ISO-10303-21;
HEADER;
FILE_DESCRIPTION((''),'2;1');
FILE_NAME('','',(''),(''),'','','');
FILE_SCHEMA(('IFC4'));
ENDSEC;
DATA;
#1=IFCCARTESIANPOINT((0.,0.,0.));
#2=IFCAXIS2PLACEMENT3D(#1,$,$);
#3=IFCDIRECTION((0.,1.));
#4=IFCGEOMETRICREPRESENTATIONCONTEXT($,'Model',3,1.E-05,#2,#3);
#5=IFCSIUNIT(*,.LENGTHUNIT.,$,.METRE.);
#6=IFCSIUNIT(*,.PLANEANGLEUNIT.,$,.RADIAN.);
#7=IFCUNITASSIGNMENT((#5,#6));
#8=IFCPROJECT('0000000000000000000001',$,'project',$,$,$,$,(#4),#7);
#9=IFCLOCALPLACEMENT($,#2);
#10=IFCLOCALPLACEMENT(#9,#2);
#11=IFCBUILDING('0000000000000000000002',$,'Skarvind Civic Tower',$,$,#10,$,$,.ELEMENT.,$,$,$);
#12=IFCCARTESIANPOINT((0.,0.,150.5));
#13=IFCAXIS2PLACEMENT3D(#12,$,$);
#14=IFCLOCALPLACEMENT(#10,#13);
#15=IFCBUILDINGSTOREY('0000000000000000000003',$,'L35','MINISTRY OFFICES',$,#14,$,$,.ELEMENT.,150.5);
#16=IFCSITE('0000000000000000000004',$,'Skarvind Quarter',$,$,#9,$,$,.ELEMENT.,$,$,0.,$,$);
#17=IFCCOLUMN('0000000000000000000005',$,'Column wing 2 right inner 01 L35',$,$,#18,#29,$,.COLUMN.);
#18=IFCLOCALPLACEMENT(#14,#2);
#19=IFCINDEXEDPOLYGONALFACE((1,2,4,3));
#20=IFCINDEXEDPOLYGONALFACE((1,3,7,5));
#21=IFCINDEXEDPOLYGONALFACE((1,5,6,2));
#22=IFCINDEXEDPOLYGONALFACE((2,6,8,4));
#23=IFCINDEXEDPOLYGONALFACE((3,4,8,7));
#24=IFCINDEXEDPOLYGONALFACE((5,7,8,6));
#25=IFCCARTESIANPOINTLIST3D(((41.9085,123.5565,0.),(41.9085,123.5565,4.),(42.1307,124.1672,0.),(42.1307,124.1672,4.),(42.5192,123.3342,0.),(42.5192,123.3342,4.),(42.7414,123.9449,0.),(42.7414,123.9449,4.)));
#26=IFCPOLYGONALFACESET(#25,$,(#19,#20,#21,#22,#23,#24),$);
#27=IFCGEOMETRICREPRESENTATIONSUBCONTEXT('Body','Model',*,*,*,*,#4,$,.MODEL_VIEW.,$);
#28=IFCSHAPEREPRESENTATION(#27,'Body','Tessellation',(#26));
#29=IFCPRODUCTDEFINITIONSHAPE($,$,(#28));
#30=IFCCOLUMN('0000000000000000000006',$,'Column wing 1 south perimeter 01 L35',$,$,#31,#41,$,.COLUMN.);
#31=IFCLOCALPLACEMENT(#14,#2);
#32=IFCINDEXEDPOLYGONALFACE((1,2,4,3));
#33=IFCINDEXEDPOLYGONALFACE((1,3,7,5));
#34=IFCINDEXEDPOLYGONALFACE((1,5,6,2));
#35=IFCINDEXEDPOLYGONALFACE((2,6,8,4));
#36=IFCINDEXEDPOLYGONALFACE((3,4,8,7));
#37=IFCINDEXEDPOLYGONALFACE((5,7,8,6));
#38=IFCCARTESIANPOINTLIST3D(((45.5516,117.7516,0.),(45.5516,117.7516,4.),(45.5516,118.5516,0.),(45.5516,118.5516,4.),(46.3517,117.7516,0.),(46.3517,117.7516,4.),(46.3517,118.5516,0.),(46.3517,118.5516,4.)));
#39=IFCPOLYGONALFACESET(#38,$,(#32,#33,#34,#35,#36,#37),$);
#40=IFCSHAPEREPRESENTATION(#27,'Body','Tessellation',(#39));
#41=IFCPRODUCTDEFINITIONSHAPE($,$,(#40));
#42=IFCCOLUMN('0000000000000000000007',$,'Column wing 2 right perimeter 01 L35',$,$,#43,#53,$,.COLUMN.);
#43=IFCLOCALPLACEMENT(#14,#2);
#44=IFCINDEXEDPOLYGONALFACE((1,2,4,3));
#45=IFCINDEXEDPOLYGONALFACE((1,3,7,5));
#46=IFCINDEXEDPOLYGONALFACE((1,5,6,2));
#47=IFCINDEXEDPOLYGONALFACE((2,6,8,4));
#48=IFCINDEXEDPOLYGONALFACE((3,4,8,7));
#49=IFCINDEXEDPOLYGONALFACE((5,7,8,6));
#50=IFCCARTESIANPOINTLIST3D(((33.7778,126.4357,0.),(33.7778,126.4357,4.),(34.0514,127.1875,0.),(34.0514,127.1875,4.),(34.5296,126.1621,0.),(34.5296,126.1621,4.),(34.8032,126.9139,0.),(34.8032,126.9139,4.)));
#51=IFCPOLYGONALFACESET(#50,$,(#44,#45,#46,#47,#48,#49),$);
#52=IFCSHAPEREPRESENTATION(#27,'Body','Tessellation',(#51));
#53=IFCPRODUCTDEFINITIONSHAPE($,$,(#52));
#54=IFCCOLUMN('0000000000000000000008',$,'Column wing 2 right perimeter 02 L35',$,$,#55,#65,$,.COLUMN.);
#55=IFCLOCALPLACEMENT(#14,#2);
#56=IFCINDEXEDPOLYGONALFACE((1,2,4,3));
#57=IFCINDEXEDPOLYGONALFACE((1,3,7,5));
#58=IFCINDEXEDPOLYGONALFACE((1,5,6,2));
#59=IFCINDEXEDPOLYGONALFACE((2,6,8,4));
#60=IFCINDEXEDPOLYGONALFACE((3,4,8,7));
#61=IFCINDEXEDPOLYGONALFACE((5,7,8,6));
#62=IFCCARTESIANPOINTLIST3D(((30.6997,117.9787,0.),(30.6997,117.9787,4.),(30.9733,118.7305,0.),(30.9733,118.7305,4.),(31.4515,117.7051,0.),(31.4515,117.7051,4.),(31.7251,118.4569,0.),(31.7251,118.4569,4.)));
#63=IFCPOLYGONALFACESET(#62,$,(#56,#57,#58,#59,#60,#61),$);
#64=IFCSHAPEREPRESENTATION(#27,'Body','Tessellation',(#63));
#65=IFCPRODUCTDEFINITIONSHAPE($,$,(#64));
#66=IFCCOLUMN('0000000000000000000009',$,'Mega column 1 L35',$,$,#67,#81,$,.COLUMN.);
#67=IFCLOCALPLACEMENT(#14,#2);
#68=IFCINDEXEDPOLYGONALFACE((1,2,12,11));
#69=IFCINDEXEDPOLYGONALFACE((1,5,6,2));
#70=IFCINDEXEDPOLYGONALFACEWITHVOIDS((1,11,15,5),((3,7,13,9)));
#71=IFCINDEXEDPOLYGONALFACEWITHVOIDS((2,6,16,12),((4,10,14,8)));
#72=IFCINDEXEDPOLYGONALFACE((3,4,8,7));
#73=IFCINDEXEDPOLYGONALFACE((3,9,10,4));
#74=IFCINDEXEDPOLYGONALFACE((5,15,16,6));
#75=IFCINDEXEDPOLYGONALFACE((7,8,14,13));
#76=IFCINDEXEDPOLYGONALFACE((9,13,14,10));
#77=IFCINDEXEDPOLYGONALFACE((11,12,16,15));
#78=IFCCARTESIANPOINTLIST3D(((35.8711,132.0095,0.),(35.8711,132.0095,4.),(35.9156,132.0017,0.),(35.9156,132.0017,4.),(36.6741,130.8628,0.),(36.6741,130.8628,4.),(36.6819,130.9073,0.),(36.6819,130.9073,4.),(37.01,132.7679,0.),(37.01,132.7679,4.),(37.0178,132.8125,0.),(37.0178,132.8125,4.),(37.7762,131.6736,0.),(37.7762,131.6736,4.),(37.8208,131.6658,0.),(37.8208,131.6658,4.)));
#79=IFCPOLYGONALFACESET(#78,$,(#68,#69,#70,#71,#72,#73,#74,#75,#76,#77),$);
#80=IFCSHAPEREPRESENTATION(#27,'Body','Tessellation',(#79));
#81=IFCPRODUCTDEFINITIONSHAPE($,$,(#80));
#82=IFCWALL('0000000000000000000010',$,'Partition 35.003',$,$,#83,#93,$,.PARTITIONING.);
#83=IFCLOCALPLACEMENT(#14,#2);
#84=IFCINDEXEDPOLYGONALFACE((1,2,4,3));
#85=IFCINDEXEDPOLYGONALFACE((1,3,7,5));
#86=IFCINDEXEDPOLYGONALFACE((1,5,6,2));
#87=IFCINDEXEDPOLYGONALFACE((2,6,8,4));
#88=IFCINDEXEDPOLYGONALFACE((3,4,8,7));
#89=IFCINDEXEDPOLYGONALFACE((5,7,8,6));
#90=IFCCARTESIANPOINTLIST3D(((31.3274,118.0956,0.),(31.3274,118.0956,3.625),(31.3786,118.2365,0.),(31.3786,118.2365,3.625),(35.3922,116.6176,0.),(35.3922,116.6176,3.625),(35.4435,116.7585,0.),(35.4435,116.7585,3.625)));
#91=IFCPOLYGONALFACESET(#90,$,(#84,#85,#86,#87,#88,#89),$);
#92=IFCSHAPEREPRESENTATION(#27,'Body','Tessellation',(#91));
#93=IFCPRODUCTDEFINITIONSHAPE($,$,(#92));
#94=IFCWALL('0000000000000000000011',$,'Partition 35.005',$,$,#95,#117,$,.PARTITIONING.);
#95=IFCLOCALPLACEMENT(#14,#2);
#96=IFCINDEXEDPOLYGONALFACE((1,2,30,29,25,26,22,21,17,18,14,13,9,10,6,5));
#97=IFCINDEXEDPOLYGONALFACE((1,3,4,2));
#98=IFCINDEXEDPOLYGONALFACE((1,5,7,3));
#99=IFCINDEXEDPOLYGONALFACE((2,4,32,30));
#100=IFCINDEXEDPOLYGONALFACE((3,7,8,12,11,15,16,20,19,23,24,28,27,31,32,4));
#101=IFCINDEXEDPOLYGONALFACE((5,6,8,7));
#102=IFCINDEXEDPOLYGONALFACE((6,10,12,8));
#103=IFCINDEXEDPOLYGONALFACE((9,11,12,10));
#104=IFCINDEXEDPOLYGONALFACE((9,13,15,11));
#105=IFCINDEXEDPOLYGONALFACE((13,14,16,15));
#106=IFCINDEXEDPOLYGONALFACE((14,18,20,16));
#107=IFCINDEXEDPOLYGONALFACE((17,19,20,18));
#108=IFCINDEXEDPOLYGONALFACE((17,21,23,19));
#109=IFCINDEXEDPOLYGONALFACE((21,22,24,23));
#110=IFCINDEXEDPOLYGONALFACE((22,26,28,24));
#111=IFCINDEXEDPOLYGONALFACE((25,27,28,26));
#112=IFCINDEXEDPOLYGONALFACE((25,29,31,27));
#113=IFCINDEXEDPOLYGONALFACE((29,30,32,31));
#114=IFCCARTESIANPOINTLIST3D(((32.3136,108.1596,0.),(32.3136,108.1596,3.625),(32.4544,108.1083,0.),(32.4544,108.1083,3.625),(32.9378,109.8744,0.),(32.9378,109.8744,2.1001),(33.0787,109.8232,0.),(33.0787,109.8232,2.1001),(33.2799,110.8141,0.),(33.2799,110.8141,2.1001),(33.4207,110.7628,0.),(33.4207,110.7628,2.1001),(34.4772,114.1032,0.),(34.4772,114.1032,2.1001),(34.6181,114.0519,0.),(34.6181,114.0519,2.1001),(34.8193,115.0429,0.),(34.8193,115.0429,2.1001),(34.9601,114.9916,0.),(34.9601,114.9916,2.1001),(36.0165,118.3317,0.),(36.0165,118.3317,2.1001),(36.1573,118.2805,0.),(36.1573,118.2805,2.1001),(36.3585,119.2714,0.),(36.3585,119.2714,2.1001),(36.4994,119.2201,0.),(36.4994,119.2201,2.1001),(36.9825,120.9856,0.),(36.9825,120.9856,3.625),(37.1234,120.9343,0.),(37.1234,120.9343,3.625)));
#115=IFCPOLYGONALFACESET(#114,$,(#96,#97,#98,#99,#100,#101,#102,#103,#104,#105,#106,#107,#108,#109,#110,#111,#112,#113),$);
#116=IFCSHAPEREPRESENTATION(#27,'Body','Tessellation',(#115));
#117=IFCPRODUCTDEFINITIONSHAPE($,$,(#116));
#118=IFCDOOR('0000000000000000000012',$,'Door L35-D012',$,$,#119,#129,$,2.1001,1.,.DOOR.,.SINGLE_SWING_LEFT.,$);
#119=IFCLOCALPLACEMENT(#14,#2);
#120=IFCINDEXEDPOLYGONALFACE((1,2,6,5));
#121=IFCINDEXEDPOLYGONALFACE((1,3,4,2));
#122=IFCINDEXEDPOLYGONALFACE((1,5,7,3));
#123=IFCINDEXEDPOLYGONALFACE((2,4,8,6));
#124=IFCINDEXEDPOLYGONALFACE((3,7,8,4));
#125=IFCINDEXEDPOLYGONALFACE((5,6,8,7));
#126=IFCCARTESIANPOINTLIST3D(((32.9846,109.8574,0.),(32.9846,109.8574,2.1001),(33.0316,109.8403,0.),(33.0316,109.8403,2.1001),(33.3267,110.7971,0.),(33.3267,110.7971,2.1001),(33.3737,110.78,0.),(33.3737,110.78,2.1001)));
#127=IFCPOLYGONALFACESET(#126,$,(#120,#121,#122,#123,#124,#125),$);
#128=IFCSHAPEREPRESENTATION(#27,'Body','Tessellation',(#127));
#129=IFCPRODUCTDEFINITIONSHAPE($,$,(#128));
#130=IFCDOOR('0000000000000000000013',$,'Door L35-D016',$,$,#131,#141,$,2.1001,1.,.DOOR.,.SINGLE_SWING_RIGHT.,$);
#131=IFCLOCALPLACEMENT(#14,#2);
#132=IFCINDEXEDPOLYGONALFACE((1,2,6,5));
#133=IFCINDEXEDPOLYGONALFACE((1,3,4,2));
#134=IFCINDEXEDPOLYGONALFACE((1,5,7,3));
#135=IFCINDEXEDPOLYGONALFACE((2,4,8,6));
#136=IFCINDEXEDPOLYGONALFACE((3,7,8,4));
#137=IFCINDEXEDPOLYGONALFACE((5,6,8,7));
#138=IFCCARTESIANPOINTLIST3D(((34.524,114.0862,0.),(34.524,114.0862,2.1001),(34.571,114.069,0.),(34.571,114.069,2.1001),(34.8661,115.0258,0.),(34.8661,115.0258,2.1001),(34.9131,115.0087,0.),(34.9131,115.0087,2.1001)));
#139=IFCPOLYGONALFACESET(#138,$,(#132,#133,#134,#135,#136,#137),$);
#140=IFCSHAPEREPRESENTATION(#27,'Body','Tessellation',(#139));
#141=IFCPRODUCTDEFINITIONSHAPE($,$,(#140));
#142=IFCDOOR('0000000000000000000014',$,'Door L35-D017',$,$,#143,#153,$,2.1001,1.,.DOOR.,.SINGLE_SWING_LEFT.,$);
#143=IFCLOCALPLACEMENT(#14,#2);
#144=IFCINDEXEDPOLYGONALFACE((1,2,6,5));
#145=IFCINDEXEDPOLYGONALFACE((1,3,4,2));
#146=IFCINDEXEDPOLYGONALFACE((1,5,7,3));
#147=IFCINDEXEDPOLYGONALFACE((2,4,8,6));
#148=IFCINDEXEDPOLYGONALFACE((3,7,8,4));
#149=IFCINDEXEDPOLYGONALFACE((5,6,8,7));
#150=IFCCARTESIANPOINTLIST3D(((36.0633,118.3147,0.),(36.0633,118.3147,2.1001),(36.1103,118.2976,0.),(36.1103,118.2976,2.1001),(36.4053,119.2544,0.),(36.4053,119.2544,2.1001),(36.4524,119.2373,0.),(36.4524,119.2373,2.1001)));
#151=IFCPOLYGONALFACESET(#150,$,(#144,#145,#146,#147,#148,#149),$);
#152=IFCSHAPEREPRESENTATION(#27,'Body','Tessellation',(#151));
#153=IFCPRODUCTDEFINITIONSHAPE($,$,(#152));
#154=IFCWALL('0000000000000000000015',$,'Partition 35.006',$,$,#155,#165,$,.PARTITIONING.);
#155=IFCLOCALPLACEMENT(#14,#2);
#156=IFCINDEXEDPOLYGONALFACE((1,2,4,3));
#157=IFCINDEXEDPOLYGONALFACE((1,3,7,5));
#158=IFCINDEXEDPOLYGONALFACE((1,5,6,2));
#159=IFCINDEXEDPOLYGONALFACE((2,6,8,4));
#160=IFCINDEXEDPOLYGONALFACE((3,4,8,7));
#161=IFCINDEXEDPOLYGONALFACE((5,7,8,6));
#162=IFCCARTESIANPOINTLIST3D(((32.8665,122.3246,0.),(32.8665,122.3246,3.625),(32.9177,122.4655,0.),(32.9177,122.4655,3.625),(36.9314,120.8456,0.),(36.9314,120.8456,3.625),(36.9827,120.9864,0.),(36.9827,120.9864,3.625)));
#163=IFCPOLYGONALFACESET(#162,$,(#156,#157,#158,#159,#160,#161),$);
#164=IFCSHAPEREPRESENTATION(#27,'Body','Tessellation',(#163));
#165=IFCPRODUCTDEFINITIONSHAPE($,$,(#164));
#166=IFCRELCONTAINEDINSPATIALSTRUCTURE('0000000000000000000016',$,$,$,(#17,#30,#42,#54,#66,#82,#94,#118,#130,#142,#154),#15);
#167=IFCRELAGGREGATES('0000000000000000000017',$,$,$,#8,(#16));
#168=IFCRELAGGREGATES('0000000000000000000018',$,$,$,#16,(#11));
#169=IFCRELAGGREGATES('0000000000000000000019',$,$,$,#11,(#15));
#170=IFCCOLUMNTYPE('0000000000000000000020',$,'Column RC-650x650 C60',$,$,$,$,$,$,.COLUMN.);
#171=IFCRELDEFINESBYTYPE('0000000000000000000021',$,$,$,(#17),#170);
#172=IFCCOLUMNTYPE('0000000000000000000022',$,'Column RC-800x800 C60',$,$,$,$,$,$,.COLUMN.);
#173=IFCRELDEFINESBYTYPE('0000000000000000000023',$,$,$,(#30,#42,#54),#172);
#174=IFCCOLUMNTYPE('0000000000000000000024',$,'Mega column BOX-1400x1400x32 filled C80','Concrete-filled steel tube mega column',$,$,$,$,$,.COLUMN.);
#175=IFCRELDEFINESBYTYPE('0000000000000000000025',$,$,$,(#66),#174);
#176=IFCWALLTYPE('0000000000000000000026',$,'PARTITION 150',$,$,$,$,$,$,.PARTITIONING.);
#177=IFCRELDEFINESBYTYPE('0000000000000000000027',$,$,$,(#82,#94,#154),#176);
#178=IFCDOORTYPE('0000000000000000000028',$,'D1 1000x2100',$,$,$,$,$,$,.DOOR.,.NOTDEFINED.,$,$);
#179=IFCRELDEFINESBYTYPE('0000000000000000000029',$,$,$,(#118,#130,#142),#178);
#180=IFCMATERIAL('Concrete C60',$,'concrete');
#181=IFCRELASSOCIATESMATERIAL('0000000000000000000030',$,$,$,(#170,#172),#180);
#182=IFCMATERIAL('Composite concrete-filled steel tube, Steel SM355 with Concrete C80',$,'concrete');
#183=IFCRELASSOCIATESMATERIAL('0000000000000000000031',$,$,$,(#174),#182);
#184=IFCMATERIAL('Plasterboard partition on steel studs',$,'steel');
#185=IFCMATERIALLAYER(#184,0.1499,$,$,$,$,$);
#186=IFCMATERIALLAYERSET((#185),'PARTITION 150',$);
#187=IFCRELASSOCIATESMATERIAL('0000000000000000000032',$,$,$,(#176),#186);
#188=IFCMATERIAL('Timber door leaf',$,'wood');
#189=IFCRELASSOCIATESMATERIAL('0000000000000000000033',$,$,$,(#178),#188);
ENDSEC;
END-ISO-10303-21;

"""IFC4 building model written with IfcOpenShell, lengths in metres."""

from ifc_helpers import new_model, si_unit, direction, frame, frame_2d, origin, origin_2d, place, context, subcontext, project, spatial, rectangle, hollow_rectangle, extrude, material, layer, layer_set, material_profile, profile_set, type_object, element, fill, save


model = new_model("IFC4")

# Units and contexts
model_context = context("Model", 3, precision=1e-05, world=origin(), true_north=direction((0.0, 1.0)))
body_context = subcontext(model_context, "Body", "Model", "MODEL_VIEW")
ifc_project = project(units=[si_unit("LENGTHUNIT", "METRE"), si_unit("PLANEANGLEUNIT", "RADIAN")], contexts=[model_context])

# Site, building, storey
site_placement = place(None, origin())
site = spatial("IfcSite", under=ifc_project, at=site_placement, Name="Skarvind Quarter", CompositionType="ELEMENT", RefElevation=0.0)
building_placement = place(site_placement, origin())
building = spatial("IfcBuilding", under=site, at=building_placement, Name="Skarvind Civic Tower", CompositionType="ELEMENT")
storey_placement = place(building_placement, frame((0.0, 0.0, 150.5)))
storey = spatial("IfcBuildingStorey", under=building, at=storey_placement, Name="L35", Description="MINISTRY OFFICES", CompositionType="ELEMENT", Elevation=150.5)

# Columns
ifc_material_1 = material(Name="Concrete C60", Category="concrete")
ifc_material_profile_1 = material_profile(ifc_material_1, rectangle(XDim=0.6499, YDim=0.6499, at=origin_2d()), Name="RC-650x650")
ifc_profile_set_1 = profile_set([ifc_material_profile_1], Name="Concrete C60")
column_type_1 = type_object("IfcColumnType", Name="Column RC-650x650 C60", PredefinedType="COLUMN", material=ifc_profile_set_1)
column_1_placement = place(storey_placement, frame((42.325, 123.7507, 0.0), z_axis=(0.0, 0.0, 1.0), x_axis=(-0.34202, -0.939693, 0.0)))
element("IfcColumn", 1, at=column_1_placement, inside=storey, type_object=column_type_1, Name="Column wing 2 right inner 01 L35", PredefinedType="COLUMN", context=body_context, shape_type="SweptSolid", body=[
    extrude(rectangle(XDim=0.6499, YDim=0.6499, at=origin_2d()), origin(), (0.0, 0.0, 1.0), 4.0),
])
ifc_material_profile_2 = material_profile(ifc_material_1, rectangle(XDim=0.8, YDim=0.8, at=origin_2d()), Name="RC-800x800")
ifc_profile_set_2 = profile_set([ifc_material_profile_2], Name="Concrete C60")
column_type_2 = type_object("IfcColumnType", Name="Column RC-800x800 C60", PredefinedType="COLUMN", material=ifc_profile_set_2)
for number, where, z_axis, x_axis, name in (
    (2, (45.9517, 118.1516, 0.0), (0.0, 0.0, 1.0), (1.0, 0.0, 0.0), "Column wing 1 south perimeter 01 L35"),
    (3, (34.2905, 126.6748, 0.0), (0.0, 0.0, 1.0), (-0.34202, -0.939693, 0.0), "Column wing 2 right perimeter 01 L35"),
    (4, (31.2124, 118.2178, 0.0), (0.0, 0.0, 1.0), (-0.34202, -0.939693, 0.0), "Column wing 2 right perimeter 02 L35"),
):
    element("IfcColumn", number, at=place(storey_placement, frame(where, z_axis=z_axis, x_axis=x_axis)), inside=storey, type_object=column_type_2, Name=name, PredefinedType="COLUMN", context=body_context, shape_type="SweptSolid", body=[
        extrude(rectangle(XDim=0.8, YDim=0.8, at=origin_2d()), origin(), (0.0, 0.0, 1.0), 4.0),
    ])
ifc_material_2 = material(Name="Composite concrete-filled steel tube, Steel SM355 with Concrete C80", Category="concrete")
ifc_material_profile_3 = material_profile(ifc_material_2, hollow_rectangle(XDim=1.3999, YDim=1.3999, WallThickness=0.032, at=origin_2d()), Name="BOX-1400x1400x32")
ifc_profile_set_3 = profile_set([ifc_material_profile_3], Name="Composite concrete-filled steel tube, Steel SM355 with Concrete C80")
column_type_3 = type_object("IfcColumnType", Name="Mega column BOX-1400x1400x32 filled C80", Description="Concrete-filled steel tube mega column", PredefinedType="COLUMN", material=ifc_profile_set_3)
column_2_placement = place(storey_placement, frame((36.8459, 131.8376, 0.0), z_axis=(0.0, 0.0, 1.0), x_axis=(0.573576, -0.819152, 0.0)))
element("IfcColumn", 5, at=column_2_placement, inside=storey, type_object=column_type_3, Name="Mega column 1 L35", PredefinedType="COLUMN", context=body_context, shape_type="SweptSolid", body=[
    extrude(hollow_rectangle(XDim=1.3999, YDim=1.3999, WallThickness=0.032, at=origin_2d()), origin(), (0.0, 0.0, 1.0), 4.0),
])

# Wall
ifc_material_3 = material(Name="Plasterboard partition on steel studs", Category="steel")
ifc_layer_1 = layer(ifc_material_3, 0.1499)
ifc_layer_set_1 = layer_set([ifc_layer_1], Name="PARTITION 150")
wall_type_1 = type_object("IfcWallType", Name="PARTITION 150", PredefinedType="PARTITIONING", material=ifc_layer_set_1)
wall_1_placement = place(storey_placement, frame((31.353, 118.166, 0.0), z_axis=(0.0, 0.0, 1.0), x_axis=(0.939803, -0.341716, 0.0)))
element("IfcWall", 6, at=wall_1_placement, inside=storey, type_object=wall_type_1, Name="Partition 35.003", PredefinedType="PARTITIONING", context=body_context, shape_type="SweptSolid", body=[
    extrude(rectangle(XDim=4.3252, YDim=0.1499, at=frame_2d((2.1626, 0.0))), origin(), (0.0, 0.0, 1.0), 3.625),
])

# Wall, openings, doors
wall_2_placement = place(storey_placement, frame((37.053, 120.96, 0.0), z_axis=(0.0, 0.0, 1.0), x_axis=(-0.342065, -0.939676, 0.0)))
wall_2 = element("IfcWall", 7, at=wall_2_placement, inside=storey, type_object=wall_type_1, Name="Partition 35.005", PredefinedType="PARTITIONING", context=body_context, shape_type="SweptSolid", body=[
    extrude(rectangle(XDim=13.6494, YDim=0.1499, at=frame_2d((6.8247, 0.0))), origin(), (0.0, 0.0, 1.0), 3.625),
])
opening_1_placement = place(wall_2_placement, frame((10.8245, 0.0, 0.0)))
opening_1 = element("IfcOpeningElement", 8, at=opening_1_placement, cuts=wall_2, PredefinedType="OPENING", context=body_context, shape_type="SweptSolid", body=[
    extrude(rectangle(XDim=1.0, YDim=2.1001, at=frame_2d((0.5, 1.05))), frame((0.0, 0.085, 0.0), z_axis=(0.0, -1.0, 0.0), x_axis=(1.0, 0.0, 0.0)), (0.0, 0.0, 1.0), 0.1699),
])
opening_2_placement = place(wall_2_placement, frame((6.3242, 0.0, 0.0)))
opening_2 = element("IfcOpeningElement", 9, at=opening_2_placement, cuts=wall_2, PredefinedType="OPENING", context=body_context, shape_type="SweptSolid", body=[
    extrude(rectangle(XDim=1.0, YDim=2.1001, at=frame_2d((0.5, 1.05))), frame((0.0, 0.085, 0.0), z_axis=(0.0, -1.0, 0.0), x_axis=(1.0, 0.0, 0.0)), (0.0, 0.0, 1.0), 0.1699),
])
opening_3_placement = place(wall_2_placement, frame((1.8242, 0.0, 0.0)))
opening_3 = element("IfcOpeningElement", 10, at=opening_3_placement, cuts=wall_2, PredefinedType="OPENING", context=body_context, shape_type="SweptSolid", body=[
    extrude(rectangle(XDim=1.0, YDim=2.1001, at=frame_2d((0.5, 1.05))), frame((0.0, 0.085, 0.0), z_axis=(0.0, -1.0, 0.0), x_axis=(1.0, 0.0, 0.0)), (0.0, 0.0, 1.0), 0.1699),
])
ifc_material_4 = material(Name="Timber door leaf", Category="wood")
door_type = type_object("IfcDoorType", Name="D1 1000x2100", OperationType="NOTDEFINED", PredefinedType="DOOR", material=ifc_material_4)
door_1_placement = place(opening_1_placement, origin())
door_1 = element("IfcDoor", 11, at=door_1_placement, inside=storey, type_object=door_type, Name="Door L35-D012", OperationType="SINGLE_SWING_LEFT", OverallHeight=2.1001, OverallWidth=1.0, PredefinedType="DOOR", context=body_context, shape_type="SweptSolid", body=[
    extrude(rectangle(XDim=1.0, YDim=2.1001, at=frame_2d((0.5, 1.05))), frame((0.0, 0.0249, 0.0), z_axis=(0.0, -1.0, 0.0), x_axis=(1.0, 0.0, 0.0)), (0.0, 0.0, 1.0), 0.05),
])
fill(opening_1, door_1)
door_2_placement = place(opening_2_placement, origin())
door_2 = element("IfcDoor", 12, at=door_2_placement, inside=storey, type_object=door_type, Name="Door L35-D016", OperationType="SINGLE_SWING_RIGHT", OverallHeight=2.1001, OverallWidth=1.0, PredefinedType="DOOR", context=body_context, shape_type="SweptSolid", body=[
    extrude(rectangle(XDim=1.0, YDim=2.1001, at=frame_2d((0.5, 1.05))), frame((0.0, 0.0249, 0.0), z_axis=(0.0, -1.0, 0.0), x_axis=(1.0, 0.0, 0.0)), (0.0, 0.0, 1.0), 0.05),
])
fill(opening_2, door_2)
door_3_placement = place(opening_3_placement, origin())
door_3 = element("IfcDoor", 13, at=door_3_placement, inside=storey, type_object=door_type, Name="Door L35-D017", OperationType="SINGLE_SWING_LEFT", OverallHeight=2.1001, OverallWidth=1.0, PredefinedType="DOOR", context=body_context, shape_type="SweptSolid", body=[
    extrude(rectangle(XDim=1.0, YDim=2.1001, at=frame_2d((0.5, 1.05))), frame((0.0, 0.0249, 0.0), z_axis=(0.0, -1.0, 0.0), x_axis=(1.0, 0.0, 0.0)), (0.0, 0.0, 1.0), 0.05),
])
fill(opening_3, door_3)

# Wall
wall_3_placement = place(storey_placement, frame((32.8921, 122.395, 0.0), z_axis=(0.0, 0.0, 1.0), x_axis=(0.939731, -0.341915, 0.0)))
element("IfcWall", 14, at=wall_3_placement, inside=storey, type_object=wall_type_1, Name="Partition 35.006", PredefinedType="PARTITIONING", context=body_context, shape_type="SweptSolid", body=[
    extrude(rectangle(XDim=4.3257, YDim=0.1499, at=frame_2d((2.1628, 0.0))), origin(), (0.0, 0.0, 1.0), 3.625),
])

save(model, "model.ifc")
